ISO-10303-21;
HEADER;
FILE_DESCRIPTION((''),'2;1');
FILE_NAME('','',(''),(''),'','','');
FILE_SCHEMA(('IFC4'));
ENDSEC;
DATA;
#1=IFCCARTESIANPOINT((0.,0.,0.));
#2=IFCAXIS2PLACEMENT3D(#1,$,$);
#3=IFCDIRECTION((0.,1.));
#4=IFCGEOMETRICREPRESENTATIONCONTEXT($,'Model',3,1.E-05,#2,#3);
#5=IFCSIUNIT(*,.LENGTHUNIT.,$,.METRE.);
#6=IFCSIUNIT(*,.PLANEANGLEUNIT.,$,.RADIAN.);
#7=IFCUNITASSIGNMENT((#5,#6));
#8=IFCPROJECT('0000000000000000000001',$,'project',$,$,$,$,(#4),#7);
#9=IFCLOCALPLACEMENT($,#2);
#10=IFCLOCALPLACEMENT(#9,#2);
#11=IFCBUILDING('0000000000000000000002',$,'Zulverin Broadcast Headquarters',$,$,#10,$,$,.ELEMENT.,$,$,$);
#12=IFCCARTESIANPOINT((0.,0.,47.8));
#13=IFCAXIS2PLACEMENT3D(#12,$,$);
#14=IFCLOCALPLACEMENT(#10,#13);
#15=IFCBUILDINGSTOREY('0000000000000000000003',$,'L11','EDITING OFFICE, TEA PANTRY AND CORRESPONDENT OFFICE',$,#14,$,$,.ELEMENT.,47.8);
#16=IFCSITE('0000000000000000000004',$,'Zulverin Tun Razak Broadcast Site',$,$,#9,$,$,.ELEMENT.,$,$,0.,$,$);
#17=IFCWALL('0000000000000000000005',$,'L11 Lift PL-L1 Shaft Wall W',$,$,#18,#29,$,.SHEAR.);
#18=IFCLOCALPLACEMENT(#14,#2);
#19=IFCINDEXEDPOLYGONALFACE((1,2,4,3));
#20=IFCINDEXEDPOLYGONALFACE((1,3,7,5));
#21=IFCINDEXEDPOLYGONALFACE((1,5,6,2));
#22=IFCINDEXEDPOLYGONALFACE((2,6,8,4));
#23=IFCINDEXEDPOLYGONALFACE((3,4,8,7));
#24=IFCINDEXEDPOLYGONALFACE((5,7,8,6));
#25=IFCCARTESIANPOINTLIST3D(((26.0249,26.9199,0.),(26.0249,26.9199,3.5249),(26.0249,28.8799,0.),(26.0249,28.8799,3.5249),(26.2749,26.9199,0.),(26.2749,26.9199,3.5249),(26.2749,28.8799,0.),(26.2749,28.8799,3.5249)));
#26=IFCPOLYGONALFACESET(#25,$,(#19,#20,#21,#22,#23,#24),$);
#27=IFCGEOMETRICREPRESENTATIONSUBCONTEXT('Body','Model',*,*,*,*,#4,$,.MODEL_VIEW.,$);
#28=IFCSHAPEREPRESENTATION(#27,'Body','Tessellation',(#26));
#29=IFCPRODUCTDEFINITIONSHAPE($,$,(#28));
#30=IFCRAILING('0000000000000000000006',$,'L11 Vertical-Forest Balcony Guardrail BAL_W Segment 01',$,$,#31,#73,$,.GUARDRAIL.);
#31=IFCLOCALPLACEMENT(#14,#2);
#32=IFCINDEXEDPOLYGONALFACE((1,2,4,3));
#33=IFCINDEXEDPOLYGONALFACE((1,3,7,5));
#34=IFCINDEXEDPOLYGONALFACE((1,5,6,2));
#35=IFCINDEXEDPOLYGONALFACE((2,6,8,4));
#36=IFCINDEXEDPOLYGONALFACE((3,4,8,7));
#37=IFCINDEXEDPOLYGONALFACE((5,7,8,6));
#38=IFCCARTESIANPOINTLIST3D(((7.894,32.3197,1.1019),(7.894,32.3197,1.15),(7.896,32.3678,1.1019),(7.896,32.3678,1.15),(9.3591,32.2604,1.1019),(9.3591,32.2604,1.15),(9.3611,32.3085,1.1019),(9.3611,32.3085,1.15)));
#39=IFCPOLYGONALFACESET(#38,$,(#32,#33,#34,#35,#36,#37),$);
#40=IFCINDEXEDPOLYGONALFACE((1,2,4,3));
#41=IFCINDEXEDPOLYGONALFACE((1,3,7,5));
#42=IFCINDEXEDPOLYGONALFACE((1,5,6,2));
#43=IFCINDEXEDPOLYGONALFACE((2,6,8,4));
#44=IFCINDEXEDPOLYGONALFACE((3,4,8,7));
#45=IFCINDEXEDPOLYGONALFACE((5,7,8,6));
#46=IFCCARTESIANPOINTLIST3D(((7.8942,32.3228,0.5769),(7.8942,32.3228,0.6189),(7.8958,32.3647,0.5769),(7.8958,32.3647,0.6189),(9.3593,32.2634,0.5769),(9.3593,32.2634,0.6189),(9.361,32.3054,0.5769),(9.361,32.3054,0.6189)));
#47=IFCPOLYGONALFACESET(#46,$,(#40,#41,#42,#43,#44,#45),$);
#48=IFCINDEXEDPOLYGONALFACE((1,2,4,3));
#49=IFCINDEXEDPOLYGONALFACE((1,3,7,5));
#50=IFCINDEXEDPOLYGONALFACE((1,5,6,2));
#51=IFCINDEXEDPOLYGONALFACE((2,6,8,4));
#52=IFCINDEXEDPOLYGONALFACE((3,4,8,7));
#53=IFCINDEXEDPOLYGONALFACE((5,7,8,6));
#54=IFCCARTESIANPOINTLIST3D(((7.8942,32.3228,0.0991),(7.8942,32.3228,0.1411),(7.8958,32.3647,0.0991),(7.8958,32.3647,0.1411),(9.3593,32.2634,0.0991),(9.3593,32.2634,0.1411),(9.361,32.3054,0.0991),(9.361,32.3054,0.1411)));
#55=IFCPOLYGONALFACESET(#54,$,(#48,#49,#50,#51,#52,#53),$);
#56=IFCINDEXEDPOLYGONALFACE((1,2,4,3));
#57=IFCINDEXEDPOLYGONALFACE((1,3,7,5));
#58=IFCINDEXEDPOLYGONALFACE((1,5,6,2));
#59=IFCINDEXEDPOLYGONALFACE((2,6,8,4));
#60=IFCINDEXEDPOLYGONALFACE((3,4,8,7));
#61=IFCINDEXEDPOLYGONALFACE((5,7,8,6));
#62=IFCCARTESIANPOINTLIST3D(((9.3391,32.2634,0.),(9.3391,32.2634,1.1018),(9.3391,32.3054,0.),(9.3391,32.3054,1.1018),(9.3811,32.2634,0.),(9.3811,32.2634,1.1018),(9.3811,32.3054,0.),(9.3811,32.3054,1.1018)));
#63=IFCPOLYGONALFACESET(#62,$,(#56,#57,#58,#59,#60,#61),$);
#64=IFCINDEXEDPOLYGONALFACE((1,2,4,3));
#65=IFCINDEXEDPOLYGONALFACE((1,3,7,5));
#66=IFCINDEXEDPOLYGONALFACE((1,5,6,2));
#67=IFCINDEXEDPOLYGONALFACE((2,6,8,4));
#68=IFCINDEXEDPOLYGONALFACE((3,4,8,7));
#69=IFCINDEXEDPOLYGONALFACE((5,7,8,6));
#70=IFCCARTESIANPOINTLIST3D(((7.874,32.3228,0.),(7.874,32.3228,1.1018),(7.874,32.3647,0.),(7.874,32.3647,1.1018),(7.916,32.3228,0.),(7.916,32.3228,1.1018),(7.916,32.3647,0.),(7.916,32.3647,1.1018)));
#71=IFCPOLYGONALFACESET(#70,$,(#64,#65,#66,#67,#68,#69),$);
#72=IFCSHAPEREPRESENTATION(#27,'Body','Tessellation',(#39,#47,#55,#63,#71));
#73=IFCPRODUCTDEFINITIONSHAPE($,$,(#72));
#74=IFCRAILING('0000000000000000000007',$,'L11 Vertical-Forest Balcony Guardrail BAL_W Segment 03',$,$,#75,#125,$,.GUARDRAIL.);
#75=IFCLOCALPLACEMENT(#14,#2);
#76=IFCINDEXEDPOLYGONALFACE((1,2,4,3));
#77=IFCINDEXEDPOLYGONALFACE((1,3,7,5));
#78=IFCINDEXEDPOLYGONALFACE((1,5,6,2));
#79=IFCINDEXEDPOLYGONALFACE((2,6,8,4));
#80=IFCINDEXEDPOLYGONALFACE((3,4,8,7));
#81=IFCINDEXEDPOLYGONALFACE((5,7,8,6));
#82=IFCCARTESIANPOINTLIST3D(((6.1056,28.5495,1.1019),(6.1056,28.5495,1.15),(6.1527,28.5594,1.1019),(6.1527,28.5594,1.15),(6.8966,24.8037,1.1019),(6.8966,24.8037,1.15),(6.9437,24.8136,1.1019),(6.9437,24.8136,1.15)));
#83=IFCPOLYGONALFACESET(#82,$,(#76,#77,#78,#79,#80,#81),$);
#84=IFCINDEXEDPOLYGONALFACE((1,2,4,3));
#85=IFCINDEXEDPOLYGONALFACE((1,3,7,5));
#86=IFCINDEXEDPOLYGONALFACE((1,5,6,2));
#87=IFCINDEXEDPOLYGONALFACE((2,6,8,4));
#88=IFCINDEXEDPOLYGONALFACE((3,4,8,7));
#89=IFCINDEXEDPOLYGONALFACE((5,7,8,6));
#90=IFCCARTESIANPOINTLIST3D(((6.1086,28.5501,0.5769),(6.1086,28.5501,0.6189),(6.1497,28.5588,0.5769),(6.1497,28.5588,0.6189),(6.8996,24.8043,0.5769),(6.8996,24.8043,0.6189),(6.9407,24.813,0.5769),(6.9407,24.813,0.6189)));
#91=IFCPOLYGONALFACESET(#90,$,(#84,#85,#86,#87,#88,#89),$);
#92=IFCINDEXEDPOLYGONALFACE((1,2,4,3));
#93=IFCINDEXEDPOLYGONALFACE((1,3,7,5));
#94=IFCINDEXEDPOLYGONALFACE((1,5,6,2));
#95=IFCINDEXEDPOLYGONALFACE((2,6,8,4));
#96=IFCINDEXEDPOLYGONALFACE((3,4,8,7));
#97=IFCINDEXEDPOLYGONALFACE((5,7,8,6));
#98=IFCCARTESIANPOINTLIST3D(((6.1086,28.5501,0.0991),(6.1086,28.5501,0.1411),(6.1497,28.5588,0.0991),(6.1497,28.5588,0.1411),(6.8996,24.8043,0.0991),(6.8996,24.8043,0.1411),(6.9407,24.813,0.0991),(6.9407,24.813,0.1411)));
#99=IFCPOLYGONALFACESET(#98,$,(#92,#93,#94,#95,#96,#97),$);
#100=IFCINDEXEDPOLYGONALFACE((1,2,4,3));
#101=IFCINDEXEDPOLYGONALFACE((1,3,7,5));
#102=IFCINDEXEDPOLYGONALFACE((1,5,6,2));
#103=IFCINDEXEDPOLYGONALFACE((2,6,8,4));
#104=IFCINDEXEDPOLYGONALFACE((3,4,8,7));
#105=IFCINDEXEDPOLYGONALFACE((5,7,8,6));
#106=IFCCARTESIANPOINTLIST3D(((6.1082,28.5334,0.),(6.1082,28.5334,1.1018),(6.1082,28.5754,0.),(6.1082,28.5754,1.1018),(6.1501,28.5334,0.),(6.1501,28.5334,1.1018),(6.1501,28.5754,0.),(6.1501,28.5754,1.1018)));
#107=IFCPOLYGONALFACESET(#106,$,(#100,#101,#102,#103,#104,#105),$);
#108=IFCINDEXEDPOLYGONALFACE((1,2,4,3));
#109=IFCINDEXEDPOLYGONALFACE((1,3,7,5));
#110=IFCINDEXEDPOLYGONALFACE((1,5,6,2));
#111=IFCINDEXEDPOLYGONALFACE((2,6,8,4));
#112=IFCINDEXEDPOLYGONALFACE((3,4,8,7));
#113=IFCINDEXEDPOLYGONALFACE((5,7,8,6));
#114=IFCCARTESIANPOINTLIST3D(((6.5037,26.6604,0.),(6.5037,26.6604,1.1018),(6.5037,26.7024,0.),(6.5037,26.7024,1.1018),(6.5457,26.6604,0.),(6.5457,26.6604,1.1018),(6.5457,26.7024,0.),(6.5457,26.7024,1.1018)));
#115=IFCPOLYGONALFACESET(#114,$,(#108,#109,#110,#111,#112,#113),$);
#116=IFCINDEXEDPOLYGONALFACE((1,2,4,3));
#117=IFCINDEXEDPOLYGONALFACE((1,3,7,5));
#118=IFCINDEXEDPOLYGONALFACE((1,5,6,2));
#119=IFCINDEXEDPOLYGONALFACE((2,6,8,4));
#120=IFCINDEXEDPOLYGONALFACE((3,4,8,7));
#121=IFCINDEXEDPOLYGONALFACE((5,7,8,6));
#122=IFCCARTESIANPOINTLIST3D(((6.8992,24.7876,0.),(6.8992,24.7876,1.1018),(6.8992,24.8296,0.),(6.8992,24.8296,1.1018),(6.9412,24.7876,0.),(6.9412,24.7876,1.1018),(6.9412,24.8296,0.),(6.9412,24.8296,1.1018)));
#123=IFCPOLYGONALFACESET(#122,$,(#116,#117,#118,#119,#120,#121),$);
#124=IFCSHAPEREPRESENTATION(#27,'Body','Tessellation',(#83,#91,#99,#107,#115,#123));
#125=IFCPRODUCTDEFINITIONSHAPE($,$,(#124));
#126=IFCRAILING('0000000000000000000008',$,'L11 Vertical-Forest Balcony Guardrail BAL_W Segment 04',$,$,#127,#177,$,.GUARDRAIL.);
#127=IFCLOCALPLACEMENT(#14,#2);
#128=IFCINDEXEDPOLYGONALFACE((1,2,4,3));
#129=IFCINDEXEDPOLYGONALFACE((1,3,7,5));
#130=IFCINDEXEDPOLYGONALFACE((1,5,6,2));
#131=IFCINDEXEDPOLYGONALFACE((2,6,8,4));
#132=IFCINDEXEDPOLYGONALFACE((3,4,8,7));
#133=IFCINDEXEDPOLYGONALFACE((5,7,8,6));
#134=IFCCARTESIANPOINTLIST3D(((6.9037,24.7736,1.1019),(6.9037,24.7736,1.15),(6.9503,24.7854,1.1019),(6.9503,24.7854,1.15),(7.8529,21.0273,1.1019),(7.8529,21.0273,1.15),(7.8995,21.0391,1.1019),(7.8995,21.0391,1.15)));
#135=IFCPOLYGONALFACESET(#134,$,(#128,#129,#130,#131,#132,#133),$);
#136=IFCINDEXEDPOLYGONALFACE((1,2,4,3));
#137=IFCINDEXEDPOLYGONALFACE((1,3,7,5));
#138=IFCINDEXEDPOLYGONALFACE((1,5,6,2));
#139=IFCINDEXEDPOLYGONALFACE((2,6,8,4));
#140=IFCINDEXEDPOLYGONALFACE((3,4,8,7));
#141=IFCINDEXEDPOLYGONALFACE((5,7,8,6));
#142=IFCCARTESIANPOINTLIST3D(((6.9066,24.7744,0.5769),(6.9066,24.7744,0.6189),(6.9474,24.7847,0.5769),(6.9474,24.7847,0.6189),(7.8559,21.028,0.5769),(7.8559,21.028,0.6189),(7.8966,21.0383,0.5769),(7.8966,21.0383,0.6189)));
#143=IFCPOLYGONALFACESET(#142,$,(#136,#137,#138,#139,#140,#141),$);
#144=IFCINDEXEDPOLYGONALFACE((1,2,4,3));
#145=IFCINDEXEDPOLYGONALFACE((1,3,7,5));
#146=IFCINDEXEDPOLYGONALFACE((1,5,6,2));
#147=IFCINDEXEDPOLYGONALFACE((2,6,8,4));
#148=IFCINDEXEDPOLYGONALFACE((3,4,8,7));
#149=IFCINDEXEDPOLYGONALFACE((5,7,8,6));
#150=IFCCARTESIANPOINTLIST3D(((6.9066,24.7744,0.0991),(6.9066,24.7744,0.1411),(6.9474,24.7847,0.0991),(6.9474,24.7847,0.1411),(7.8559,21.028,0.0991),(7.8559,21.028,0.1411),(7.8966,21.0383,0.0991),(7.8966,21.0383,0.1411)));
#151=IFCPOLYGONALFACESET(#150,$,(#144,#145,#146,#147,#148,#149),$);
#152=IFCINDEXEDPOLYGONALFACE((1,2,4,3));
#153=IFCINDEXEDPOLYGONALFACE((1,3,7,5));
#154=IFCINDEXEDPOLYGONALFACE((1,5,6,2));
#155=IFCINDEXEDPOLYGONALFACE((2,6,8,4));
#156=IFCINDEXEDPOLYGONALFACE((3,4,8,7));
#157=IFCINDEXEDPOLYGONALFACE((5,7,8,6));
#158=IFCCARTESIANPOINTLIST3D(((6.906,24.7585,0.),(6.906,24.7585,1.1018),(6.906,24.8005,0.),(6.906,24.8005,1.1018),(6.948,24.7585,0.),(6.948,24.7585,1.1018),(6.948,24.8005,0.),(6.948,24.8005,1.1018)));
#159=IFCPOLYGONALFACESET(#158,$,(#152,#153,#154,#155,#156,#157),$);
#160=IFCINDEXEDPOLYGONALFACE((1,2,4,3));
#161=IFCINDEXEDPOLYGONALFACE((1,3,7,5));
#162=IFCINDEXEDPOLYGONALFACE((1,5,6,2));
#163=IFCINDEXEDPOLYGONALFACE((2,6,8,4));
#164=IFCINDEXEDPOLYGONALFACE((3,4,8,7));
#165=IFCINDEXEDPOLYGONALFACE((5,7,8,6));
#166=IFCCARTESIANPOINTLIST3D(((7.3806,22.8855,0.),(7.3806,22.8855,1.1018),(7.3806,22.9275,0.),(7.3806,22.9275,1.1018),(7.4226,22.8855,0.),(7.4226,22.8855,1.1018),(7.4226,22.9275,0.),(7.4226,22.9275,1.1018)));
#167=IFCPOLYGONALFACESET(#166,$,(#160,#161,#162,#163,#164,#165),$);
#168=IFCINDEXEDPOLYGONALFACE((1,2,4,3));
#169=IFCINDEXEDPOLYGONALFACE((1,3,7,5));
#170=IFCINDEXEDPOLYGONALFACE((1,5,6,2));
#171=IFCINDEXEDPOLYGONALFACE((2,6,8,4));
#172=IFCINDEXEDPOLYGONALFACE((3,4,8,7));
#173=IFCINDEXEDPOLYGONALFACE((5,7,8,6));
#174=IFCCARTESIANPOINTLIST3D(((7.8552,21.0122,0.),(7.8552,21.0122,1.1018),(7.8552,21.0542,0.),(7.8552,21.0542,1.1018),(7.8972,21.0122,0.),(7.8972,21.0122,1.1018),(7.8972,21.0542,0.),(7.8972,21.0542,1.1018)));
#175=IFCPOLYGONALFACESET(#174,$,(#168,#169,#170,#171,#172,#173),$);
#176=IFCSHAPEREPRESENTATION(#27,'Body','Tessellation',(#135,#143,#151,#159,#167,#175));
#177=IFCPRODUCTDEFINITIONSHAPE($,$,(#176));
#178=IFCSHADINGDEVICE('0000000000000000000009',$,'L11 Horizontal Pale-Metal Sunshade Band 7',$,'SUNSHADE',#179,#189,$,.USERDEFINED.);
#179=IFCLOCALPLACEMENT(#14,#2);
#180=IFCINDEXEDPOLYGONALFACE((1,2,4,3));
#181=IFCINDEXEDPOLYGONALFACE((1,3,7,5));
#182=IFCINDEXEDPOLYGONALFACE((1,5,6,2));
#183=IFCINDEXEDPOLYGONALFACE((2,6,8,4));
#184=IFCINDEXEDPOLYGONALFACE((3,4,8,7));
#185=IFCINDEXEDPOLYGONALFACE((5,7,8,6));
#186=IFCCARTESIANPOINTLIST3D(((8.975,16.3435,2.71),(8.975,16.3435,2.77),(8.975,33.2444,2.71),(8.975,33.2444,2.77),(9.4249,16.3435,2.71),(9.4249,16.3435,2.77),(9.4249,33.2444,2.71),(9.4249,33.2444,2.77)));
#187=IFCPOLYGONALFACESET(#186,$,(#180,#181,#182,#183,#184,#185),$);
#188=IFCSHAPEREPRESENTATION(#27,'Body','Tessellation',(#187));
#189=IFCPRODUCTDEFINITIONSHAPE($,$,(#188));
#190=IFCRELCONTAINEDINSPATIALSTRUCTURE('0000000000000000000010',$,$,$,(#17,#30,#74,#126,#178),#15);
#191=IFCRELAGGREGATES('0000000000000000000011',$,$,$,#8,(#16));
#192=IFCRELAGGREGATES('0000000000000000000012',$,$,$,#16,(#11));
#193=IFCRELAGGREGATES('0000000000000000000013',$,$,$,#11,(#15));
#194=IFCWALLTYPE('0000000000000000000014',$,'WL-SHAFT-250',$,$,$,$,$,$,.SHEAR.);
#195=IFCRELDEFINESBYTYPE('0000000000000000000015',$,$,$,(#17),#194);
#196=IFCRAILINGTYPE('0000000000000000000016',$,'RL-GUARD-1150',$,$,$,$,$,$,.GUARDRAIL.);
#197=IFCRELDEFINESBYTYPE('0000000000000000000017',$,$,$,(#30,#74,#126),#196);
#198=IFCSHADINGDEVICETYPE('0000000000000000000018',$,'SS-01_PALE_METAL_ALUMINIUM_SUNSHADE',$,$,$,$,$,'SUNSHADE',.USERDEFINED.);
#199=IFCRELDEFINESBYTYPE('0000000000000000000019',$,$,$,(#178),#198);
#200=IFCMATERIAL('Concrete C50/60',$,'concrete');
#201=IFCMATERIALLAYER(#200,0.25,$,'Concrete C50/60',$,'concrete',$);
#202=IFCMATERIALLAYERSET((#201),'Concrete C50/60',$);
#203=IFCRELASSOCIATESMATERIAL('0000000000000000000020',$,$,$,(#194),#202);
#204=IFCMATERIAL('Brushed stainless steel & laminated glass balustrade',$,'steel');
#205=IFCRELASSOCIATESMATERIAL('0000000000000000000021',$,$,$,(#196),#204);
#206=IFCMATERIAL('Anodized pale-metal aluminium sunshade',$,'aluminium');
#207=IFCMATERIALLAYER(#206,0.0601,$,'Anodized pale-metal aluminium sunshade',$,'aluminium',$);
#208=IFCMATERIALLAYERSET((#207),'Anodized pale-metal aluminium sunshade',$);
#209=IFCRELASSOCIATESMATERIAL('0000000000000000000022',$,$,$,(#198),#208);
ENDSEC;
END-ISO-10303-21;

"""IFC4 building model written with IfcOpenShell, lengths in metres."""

from ifc_helpers import new_model, si_unit, direction, frame, frame_2d, origin, origin_2d, place, context, subcontext, project, spatial, rectangle, extrude, material, layer, layer_set, type_object, element, save


model = new_model("IFC4")

# Units and contexts
model_context = context("Model", 3, precision=1e-05, world=origin(), true_north=direction((0.0, 1.0)))
body_context = subcontext(model_context, "Body", "Model", "MODEL_VIEW")
ifc_project = project(units=[si_unit("LENGTHUNIT", "METRE"), si_unit("PLANEANGLEUNIT", "RADIAN")], contexts=[model_context])

# Site, building, storey
site_placement = place(None, origin())
site = spatial("IfcSite", under=ifc_project, at=site_placement, Name="Zulverin Tun Razak Broadcast Site", CompositionType="ELEMENT", RefElevation=0.0)
building_placement = place(site_placement, origin())
building = spatial("IfcBuilding", under=site, at=building_placement, Name="Zulverin Broadcast Headquarters", CompositionType="ELEMENT")
storey_placement = place(building_placement, frame((0.0, 0.0, 47.8)))
storey = spatial("IfcBuildingStorey", under=building, at=storey_placement, Name="L11", Description="EDITING OFFICE, TEA PANTRY AND CORRESPONDENT OFFICE", CompositionType="ELEMENT", Elevation=47.8)

# Shared definitions
ifc_material_1 = material(Name="Concrete C50/60", Category="concrete")
ifc_layer_1 = layer(ifc_material_1, 0.25, Name="Concrete C50/60", Category="concrete")
ifc_layer_set_1 = layer_set([ifc_layer_1], Name="Concrete C50/60")
wall_type_1 = type_object("IfcWallType", Name="WL-SHAFT-250", PredefinedType="SHEAR", material=ifc_layer_set_1)

# Wall
wall_1_placement = place(storey_placement, frame((26.1499, 26.9199, 0.0), z_axis=(0.0, 0.0, 1.0), x_axis=(0.0, 1.0, 0.0)))
element("IfcWall", 1, at=wall_1_placement, inside=storey, type_object=wall_type_1, Name="L11 Lift PL-L1 Shaft Wall W", PredefinedType="SHEAR", context=body_context, shape_type="SweptSolid", body=[
    extrude(rectangle(XDim=1.96, YDim=0.25, at=frame_2d((0.98, 0.0))), origin(), (0.0, 0.0, 1.0), 3.5249),
])

# Railings
ifc_material_2 = material(Name="Brushed stainless steel & laminated glass balustrade", Category="steel")
railing_type = type_object("IfcRailingType", Name="RL-GUARD-1150", PredefinedType="GUARDRAIL", material=ifc_material_2)
railing_1_placement = place(storey_placement, frame((9.3601, 32.2844, 0.0)))
element("IfcRailing", 2, at=railing_1_placement, inside=storey, type_object=railing_type, Name="L11 Vertical-Forest Balcony Guardrail BAL_W Segment 01", PredefinedType="GUARDRAIL", context=body_context, shape_type="SweptSolid", body=[
    extrude(rectangle(XDim=0.0481, YDim=0.0481, at=origin_2d()), frame((0.0, 0.0, 1.126), z_axis=(-0.999181, 0.04046, 0.0), x_axis=(-0.04046, -0.999181, 0.0)), (0.0, 0.0, 1.0), 1.4663),
    extrude(rectangle(XDim=0.042, YDim=0.042, at=origin_2d()), frame((0.0, 0.0, 0.5979), z_axis=(-0.999181, 0.04046, 0.0), x_axis=(-0.04046, -0.999181, 0.0)), (0.0, 0.0, 1.0), 1.4663),
    extrude(rectangle(XDim=0.042, YDim=0.042, at=origin_2d()), frame((0.0, 0.0, 0.1201), z_axis=(-0.999181, 0.04046, 0.0), x_axis=(-0.04046, -0.999181, 0.0)), (0.0, 0.0, 1.0), 1.4663),
    extrude(rectangle(XDim=0.042, YDim=0.042, at=origin_2d()), origin(), (0.0, 0.0, 1.0), 1.1018),
    extrude(rectangle(XDim=0.042, YDim=0.042, at=origin_2d()), frame((-1.4651, 0.0593, 0.0)), (0.0, 0.0, 1.0), 1.1018),
])
railing_2_placement = place(storey_placement, frame((6.1292, 28.5544, 0.0)))
element("IfcRailing", 3, at=railing_2_placement, inside=storey, type_object=railing_type, Name="L11 Vertical-Forest Balcony Guardrail BAL_W Segment 03", PredefinedType="GUARDRAIL", context=body_context, shape_type="SweptSolid", body=[
    extrude(rectangle(XDim=0.0481, YDim=0.0481, at=origin_2d()), frame((0.0, 0.0, 1.126), z_axis=(0.206615, -0.978422, 0.0), x_axis=(0.978422, 0.206615, 0.0)), (0.0, 0.0, 1.0), 3.8284),
    extrude(rectangle(XDim=0.042, YDim=0.042, at=origin_2d()), frame((0.0, 0.0, 0.5979), z_axis=(0.206615, -0.978422, 0.0), x_axis=(0.978422, 0.206615, 0.0)), (0.0, 0.0, 1.0), 3.8284),
    extrude(rectangle(XDim=0.042, YDim=0.042, at=origin_2d()), frame((0.0, 0.0, 0.1201), z_axis=(0.206615, -0.978422, 0.0), x_axis=(0.978422, 0.206615, 0.0)), (0.0, 0.0, 1.0), 3.8284),
    extrude(rectangle(XDim=0.042, YDim=0.042, at=origin_2d()), origin(), (0.0, 0.0, 1.0), 1.1018),
    extrude(rectangle(XDim=0.042, YDim=0.042, at=origin_2d()), frame((0.3955, -1.873, 0.0)), (0.0, 0.0, 1.0), 1.1018),
    extrude(rectangle(XDim=0.042, YDim=0.042, at=origin_2d()), frame((0.791, -3.7458, 0.0)), (0.0, 0.0, 1.0), 1.1018),
])
railing_3_placement = place(storey_placement, frame((6.927, 24.7795, 0.0)))
element("IfcRailing", 4, at=railing_3_placement, inside=storey, type_object=railing_type, Name="L11 Vertical-Forest Balcony Guardrail BAL_W Segment 04", PredefinedType="GUARDRAIL", context=body_context, shape_type="SweptSolid", body=[
    extrude(rectangle(XDim=0.0481, YDim=0.0481, at=origin_2d()), frame((0.0, 0.0, 1.126), z_axis=(0.245611, -0.969368, 0.0), x_axis=(0.969368, 0.245611, 0.0)), (0.0, 0.0, 1.0), 3.8647),
    extrude(rectangle(XDim=0.042, YDim=0.042, at=origin_2d()), frame((0.0, 0.0, 0.5979), z_axis=(0.245611, -0.969368, 0.0), x_axis=(0.969368, 0.245611, 0.0)), (0.0, 0.0, 1.0), 3.8647),
    extrude(rectangle(XDim=0.042, YDim=0.042, at=origin_2d()), frame((0.0, 0.0, 0.1201), z_axis=(0.245611, -0.969368, 0.0), x_axis=(0.969368, 0.245611, 0.0)), (0.0, 0.0, 1.0), 3.8647),
    extrude(rectangle(XDim=0.042, YDim=0.042, at=origin_2d()), origin(), (0.0, 0.0, 1.0), 1.1018),
    extrude(rectangle(XDim=0.042, YDim=0.042, at=origin_2d()), frame((0.4746, -1.873, 0.0)), (0.0, 0.0, 1.0), 1.1018),
    extrude(rectangle(XDim=0.042, YDim=0.042, at=origin_2d()), frame((0.9492, -3.7463, 0.0)), (0.0, 0.0, 1.0), 1.1018),
])

# Shading device
ifc_material_3 = material(Name="Anodized pale-metal aluminium sunshade", Category="aluminium")
ifc_layer_2 = layer(ifc_material_3, 0.0601, Name="Anodized pale-metal aluminium sunshade", Category="aluminium")
ifc_layer_set_2 = layer_set([ifc_layer_2], Name="Anodized pale-metal aluminium sunshade")
shading_device_type = type_object("IfcShadingDeviceType", Name="SS-01_PALE_METAL_ALUMINIUM_SUNSHADE", ElementType="SUNSHADE", PredefinedType="USERDEFINED", material=ifc_layer_set_2)
shading_device_placement = place(storey_placement, frame((9.2, 24.7939, 2.71), z_axis=(0.0, 0.0, 1.0), x_axis=(0.0, -1.0, 0.0)))
element("IfcShadingDevice", 5, at=shading_device_placement, inside=storey, type_object=shading_device_type, Name="L11 Horizontal Pale-Metal Sunshade Band 7", ObjectType="SUNSHADE", PredefinedType="USERDEFINED", context=body_context, shape_type="SweptSolid", body=[
    extrude(rectangle(XDim=16.9009, YDim=0.45, at=origin_2d()), origin(), (0.0, 0.0, 1.0), 0.0601),
])

save(model, "model.ifc")
